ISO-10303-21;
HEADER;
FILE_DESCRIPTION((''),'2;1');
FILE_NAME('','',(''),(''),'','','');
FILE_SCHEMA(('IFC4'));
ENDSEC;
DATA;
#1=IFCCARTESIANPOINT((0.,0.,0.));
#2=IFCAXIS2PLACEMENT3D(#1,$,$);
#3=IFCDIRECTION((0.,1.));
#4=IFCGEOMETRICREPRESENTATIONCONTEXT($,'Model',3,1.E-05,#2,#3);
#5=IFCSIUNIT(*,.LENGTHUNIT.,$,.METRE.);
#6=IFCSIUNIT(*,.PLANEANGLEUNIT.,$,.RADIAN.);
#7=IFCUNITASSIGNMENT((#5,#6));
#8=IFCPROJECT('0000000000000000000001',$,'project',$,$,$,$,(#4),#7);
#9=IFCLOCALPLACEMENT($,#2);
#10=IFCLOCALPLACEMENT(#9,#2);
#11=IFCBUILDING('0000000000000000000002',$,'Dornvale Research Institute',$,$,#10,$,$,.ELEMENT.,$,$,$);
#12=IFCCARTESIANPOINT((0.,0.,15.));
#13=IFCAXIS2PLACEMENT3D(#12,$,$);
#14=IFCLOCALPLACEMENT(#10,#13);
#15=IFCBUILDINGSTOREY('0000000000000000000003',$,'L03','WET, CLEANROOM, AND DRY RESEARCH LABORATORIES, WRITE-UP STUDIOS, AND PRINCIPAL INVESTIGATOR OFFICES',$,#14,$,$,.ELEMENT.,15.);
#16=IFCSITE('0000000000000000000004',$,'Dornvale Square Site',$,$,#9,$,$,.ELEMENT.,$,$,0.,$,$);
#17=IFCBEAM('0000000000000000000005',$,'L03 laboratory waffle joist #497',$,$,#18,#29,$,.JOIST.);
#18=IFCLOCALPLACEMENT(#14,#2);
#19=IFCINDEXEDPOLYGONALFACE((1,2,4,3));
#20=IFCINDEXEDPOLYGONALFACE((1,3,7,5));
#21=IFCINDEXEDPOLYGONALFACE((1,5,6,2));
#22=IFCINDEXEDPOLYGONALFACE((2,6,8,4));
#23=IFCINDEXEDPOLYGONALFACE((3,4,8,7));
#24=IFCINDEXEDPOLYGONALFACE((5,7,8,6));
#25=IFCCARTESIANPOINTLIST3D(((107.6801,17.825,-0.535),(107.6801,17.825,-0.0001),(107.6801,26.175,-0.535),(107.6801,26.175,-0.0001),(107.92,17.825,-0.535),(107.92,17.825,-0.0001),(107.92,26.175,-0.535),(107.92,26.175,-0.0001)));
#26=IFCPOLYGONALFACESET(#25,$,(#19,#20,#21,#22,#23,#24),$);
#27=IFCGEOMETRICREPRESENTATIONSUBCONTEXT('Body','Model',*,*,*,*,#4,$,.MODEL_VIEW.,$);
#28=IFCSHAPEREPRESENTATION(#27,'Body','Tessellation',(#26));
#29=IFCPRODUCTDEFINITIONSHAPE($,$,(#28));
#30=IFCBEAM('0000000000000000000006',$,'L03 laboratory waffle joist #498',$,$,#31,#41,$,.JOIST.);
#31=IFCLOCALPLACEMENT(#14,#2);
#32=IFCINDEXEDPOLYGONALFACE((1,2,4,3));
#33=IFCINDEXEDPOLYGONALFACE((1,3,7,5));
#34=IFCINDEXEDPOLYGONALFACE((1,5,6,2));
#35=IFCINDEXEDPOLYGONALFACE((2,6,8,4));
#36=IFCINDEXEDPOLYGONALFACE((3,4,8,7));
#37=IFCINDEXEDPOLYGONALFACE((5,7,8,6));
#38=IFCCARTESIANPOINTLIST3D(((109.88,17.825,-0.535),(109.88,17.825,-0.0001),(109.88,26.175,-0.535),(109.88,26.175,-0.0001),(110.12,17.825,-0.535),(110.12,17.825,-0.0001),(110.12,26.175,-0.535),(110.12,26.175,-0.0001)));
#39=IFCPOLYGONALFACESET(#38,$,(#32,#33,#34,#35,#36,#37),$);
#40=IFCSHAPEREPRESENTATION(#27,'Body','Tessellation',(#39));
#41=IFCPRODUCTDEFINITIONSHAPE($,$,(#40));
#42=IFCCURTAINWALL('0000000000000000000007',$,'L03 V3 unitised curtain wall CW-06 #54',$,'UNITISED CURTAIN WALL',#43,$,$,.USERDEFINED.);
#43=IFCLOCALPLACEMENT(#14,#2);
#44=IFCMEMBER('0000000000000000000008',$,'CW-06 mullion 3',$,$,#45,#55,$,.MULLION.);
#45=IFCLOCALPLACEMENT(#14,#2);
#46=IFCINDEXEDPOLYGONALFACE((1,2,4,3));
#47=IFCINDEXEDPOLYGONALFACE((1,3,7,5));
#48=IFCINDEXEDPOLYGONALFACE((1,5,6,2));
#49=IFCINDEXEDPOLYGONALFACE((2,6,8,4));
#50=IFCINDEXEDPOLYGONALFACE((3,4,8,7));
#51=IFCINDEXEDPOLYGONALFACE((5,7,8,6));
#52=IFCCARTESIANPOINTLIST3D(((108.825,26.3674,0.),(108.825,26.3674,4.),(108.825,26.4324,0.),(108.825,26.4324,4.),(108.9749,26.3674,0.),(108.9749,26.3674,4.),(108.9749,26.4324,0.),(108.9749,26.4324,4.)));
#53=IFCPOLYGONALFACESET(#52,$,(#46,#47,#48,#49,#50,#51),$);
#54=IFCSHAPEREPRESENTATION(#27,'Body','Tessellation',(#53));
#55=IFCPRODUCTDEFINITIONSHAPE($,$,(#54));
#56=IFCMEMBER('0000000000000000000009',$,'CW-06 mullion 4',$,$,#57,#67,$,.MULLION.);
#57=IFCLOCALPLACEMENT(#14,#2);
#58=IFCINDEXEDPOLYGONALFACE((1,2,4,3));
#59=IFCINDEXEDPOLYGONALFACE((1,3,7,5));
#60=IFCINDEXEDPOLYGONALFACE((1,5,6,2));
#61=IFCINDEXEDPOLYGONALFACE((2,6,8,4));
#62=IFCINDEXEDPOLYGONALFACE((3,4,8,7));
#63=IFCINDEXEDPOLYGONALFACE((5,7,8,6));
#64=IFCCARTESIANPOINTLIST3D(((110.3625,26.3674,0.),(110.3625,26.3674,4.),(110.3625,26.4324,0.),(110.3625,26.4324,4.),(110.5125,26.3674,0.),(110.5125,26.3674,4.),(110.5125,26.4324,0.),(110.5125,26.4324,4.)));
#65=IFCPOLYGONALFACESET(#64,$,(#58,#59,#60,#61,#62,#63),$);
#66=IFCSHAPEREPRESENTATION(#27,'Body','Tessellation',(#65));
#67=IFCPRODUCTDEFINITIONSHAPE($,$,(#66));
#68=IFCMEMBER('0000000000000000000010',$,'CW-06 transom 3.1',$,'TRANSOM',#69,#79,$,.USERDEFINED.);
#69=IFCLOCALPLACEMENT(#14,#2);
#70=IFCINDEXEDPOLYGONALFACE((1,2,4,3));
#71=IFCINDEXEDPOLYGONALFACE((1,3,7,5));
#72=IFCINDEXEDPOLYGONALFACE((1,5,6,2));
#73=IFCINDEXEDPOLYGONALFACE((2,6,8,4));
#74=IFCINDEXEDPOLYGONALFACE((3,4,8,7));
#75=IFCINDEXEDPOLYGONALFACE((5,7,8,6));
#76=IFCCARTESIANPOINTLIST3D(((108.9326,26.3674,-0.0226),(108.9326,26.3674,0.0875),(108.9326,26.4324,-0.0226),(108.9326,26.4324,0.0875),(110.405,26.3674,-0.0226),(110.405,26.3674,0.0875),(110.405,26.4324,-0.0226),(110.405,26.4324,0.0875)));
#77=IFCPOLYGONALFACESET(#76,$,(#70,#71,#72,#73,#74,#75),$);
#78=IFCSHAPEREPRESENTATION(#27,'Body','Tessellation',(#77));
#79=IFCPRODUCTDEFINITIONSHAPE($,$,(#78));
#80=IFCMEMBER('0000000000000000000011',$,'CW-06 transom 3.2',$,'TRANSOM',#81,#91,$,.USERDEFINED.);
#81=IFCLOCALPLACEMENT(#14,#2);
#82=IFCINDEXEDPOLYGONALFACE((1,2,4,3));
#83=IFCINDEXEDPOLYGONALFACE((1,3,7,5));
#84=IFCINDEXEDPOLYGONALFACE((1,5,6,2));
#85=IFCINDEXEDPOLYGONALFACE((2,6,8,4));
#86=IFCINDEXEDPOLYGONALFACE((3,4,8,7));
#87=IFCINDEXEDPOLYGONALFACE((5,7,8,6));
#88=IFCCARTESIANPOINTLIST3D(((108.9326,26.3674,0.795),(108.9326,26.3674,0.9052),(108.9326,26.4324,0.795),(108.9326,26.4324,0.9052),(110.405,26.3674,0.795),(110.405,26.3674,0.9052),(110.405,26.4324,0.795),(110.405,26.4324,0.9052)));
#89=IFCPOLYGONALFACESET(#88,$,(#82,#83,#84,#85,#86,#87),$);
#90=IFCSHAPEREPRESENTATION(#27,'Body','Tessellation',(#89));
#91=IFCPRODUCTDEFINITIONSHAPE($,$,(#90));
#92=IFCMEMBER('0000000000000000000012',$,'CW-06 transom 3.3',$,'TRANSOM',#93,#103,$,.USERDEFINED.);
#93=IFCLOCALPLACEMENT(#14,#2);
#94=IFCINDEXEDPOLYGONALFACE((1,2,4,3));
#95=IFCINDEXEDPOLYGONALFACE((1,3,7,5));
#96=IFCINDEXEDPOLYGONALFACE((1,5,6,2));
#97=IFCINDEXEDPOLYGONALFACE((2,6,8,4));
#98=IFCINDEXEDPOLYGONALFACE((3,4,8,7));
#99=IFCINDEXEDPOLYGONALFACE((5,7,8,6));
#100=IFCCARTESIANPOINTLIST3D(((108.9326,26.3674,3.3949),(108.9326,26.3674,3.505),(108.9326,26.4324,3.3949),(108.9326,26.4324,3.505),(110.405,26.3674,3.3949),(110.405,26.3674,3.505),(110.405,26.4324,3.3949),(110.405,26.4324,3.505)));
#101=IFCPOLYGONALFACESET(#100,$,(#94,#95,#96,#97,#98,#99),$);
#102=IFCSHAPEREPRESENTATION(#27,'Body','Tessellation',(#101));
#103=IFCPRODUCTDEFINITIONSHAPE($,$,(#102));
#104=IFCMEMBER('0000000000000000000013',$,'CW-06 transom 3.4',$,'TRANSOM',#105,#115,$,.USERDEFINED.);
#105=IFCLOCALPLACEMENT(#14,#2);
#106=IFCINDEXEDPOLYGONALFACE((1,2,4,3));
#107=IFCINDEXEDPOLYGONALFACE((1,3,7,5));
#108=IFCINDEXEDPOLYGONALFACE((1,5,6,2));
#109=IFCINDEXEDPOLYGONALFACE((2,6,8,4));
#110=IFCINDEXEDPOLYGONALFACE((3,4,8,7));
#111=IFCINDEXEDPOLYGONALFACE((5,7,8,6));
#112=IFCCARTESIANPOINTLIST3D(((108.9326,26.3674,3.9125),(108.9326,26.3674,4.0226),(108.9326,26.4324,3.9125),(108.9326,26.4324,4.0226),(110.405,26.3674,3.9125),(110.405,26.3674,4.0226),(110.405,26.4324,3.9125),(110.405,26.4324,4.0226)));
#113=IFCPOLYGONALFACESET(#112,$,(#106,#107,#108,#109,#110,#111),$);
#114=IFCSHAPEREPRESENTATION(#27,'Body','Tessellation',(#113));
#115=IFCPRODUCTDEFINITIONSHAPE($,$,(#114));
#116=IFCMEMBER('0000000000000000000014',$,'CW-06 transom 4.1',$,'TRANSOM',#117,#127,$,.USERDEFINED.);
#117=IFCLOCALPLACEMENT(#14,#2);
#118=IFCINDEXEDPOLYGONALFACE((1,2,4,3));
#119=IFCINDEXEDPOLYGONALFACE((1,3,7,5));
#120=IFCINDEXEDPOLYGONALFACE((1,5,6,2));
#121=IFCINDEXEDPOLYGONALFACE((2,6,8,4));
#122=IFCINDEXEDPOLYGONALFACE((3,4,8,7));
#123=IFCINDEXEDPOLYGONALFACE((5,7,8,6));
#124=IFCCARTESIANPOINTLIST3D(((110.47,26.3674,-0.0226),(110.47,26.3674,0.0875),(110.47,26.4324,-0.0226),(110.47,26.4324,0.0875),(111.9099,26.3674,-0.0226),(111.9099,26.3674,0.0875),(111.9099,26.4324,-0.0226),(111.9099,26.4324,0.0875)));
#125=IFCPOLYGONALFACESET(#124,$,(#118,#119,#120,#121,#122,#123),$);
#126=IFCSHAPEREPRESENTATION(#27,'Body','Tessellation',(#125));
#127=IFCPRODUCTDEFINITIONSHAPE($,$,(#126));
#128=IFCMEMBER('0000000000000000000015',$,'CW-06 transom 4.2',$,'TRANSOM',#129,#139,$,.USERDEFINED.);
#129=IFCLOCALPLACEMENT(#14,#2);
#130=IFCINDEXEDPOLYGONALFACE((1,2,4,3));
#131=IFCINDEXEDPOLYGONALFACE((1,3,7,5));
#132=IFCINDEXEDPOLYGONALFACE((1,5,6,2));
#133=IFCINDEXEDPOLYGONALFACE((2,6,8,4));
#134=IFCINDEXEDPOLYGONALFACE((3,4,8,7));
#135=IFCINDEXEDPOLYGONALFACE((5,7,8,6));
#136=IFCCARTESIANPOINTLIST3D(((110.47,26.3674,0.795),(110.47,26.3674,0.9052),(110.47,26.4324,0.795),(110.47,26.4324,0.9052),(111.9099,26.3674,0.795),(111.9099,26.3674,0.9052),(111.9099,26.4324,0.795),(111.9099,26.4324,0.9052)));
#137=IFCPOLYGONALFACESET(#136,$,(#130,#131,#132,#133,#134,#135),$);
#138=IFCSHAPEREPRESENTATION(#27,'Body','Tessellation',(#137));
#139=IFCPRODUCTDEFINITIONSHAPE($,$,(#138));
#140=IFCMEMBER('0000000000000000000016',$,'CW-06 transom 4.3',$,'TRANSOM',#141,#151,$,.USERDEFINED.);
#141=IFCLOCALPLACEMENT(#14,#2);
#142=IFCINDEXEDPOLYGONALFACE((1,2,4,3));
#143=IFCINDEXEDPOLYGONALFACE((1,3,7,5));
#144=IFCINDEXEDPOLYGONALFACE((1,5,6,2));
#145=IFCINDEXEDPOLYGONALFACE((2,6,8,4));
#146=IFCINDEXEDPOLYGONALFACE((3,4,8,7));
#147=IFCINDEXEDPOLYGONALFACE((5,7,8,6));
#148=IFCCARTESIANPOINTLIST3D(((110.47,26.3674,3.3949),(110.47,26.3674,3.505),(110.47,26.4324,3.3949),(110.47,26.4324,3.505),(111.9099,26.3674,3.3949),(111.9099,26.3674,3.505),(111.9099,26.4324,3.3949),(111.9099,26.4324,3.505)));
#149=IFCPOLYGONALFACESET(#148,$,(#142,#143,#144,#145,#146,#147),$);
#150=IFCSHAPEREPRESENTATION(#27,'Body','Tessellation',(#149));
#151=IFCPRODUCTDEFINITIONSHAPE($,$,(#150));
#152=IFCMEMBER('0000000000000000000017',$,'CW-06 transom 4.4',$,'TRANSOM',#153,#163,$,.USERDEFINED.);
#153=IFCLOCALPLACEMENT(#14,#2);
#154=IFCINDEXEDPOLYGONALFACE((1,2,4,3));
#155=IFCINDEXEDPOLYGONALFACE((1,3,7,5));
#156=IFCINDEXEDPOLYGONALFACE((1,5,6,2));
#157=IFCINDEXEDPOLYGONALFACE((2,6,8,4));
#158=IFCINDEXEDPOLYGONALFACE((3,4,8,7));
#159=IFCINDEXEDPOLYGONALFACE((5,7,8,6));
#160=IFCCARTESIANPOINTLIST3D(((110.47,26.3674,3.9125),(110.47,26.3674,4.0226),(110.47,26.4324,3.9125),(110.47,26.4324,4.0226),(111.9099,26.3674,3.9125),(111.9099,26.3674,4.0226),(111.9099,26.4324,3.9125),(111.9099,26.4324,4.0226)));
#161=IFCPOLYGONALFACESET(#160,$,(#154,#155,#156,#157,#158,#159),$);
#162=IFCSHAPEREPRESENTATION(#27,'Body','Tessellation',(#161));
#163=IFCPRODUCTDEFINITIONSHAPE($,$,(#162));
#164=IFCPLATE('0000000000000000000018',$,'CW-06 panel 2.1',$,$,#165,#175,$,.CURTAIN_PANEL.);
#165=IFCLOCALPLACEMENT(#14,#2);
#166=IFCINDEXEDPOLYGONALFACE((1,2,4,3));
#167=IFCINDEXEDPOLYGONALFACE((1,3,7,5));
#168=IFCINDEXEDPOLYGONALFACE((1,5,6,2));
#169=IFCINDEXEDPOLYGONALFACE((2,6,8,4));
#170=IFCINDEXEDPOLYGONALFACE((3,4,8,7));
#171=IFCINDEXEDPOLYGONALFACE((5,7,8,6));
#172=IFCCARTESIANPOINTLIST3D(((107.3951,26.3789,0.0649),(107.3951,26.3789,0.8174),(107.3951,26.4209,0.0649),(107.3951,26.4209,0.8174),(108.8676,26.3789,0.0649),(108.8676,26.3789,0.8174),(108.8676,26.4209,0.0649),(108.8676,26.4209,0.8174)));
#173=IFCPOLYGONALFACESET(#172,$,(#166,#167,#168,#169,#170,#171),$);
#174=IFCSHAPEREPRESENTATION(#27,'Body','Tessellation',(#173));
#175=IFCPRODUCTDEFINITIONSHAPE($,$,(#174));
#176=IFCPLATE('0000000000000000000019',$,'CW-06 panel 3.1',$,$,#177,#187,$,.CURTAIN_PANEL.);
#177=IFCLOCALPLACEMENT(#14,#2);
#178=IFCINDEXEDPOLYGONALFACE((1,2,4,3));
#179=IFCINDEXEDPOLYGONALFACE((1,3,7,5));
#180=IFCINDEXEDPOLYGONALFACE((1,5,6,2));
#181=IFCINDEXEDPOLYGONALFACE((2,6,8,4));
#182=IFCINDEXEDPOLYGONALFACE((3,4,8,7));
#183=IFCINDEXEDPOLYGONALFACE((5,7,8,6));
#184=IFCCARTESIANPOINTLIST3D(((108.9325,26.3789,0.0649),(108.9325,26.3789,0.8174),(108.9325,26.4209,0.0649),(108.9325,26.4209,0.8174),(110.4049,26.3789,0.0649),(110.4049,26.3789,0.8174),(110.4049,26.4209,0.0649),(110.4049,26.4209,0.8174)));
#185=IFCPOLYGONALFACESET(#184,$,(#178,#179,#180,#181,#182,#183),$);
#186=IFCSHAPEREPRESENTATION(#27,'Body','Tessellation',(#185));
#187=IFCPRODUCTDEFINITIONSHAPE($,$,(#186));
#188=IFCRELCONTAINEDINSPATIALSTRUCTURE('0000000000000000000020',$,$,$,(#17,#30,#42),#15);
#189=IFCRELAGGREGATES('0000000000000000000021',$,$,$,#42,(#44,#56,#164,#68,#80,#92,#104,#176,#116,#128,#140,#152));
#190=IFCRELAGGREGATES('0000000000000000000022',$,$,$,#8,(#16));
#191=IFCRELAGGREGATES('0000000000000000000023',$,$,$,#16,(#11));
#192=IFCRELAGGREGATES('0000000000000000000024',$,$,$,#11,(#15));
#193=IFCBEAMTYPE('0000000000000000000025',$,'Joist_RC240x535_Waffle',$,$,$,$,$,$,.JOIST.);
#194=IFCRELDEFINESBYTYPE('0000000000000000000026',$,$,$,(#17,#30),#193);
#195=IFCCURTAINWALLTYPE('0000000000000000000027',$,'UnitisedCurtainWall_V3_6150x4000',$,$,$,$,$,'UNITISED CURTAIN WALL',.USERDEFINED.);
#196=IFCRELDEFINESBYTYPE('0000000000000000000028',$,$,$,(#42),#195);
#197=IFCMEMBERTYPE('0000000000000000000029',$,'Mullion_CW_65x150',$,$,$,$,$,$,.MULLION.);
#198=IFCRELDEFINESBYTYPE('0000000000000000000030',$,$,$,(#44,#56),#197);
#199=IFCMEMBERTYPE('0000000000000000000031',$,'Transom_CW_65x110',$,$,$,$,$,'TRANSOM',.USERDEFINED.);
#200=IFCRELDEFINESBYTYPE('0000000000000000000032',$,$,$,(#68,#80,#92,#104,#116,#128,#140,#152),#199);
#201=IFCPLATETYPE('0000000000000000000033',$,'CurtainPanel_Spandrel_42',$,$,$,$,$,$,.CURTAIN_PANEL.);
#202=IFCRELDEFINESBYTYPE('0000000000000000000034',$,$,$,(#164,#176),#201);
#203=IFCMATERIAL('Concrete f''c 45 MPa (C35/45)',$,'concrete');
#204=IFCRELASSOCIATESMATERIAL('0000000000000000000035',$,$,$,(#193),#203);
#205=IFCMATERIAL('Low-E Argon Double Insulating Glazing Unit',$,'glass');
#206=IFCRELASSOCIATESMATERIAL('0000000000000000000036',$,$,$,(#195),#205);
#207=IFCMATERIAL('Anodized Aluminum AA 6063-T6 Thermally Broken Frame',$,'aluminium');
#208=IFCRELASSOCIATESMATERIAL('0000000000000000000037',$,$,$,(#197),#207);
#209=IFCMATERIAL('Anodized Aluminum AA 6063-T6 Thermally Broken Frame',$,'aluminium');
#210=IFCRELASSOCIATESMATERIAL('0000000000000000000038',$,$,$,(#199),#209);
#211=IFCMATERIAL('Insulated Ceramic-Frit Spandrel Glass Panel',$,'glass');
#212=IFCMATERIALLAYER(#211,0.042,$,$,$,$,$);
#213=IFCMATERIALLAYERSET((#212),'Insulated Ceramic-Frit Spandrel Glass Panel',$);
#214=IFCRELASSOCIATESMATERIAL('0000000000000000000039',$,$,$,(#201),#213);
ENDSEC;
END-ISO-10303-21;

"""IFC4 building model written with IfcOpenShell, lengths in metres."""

from ifc_helpers import new_model, si_unit, direction, frame, origin, origin_2d, place, context, subcontext, project, spatial, rectangle, extrude, material, layer, layer_set, material_profile, profile_set, type_object, element, aggregate, save


model = new_model("IFC4")

# Units and contexts
model_context = context("Model", 3, precision=1e-05, world=origin(), true_north=direction((0.0, 1.0)))
body_context = subcontext(model_context, "Body", "Model", "MODEL_VIEW")
ifc_project = project(units=[si_unit("LENGTHUNIT", "METRE"), si_unit("PLANEANGLEUNIT", "RADIAN")], contexts=[model_context])

# Site, building, storey
site_placement = place(None, origin())
site = spatial("IfcSite", under=ifc_project, at=site_placement, Name="Dornvale Square Site", CompositionType="ELEMENT", RefElevation=0.0)
building_placement = place(site_placement, origin())
building = spatial("IfcBuilding", under=site, at=building_placement, Name="Dornvale Research Institute", CompositionType="ELEMENT")
storey_placement = place(building_placement, frame((0.0, 0.0, 15.0)))
storey = spatial("IfcBuildingStorey", under=building, at=storey_placement, Name="L03", Description="WET, CLEANROOM, AND DRY RESEARCH LABORATORIES, WRITE-UP STUDIOS, AND PRINCIPAL INVESTIGATOR OFFICES", CompositionType="ELEMENT", Elevation=15.0)

# Beams
ifc_material_1 = material(Name="Concrete f'c 45 MPa (C35/45)", Category="concrete")
ifc_material_profile_1 = material_profile(ifc_material_1, rectangle(XDim=0.24, YDim=0.5349, at=origin_2d()), Name="RC 240x535")
ifc_profile_set_1 = profile_set([ifc_material_profile_1], Name="Concrete f'c 45 MPa (C35/45)")
beam_type = type_object("IfcBeamType", Name="Joist_RC240x535_Waffle", PredefinedType="JOIST", material=ifc_profile_set_1)
for number, where, z_axis, x_axis, name in (
    (1, (107.8, 17.825, -0.2676), (0.0, 1.0, 0.0), (-1.0, 0.0, 0.0), "L03 laboratory waffle joist #497"),
    (2, (110.0, 17.825, -0.2676), (0.0, 1.0, 0.0), (-1.0, 0.0, 0.0), "L03 laboratory waffle joist #498"),
):
    element("IfcBeam", number, at=place(storey_placement, frame(where, z_axis=z_axis, x_axis=x_axis)), inside=storey, type_object=beam_type, Name=name, PredefinedType="JOIST", context=body_context, shape_type="SweptSolid", body=[
        extrude(rectangle(XDim=0.24, YDim=0.5349, at=origin_2d()), origin(), (0.0, 0.0, 1.0), 8.3501),
    ])

# Curtain wall, members, plates
ifc_material_2 = material(Name="Low-E Argon Double Insulating Glazing Unit", Category="glass")
curtain_wall_type = type_object("IfcCurtainWallType", Name="UnitisedCurtainWall_V3_6150x4000", ElementType="UNITISED CURTAIN WALL", PredefinedType="USERDEFINED", material=ifc_material_2)
curtain_wall_placement = place(storey_placement, origin())
curtain_wall = element("IfcCurtainWall", 3, at=curtain_wall_placement, inside=storey, type_object=curtain_wall_type, Name="L03 V3 unitised curtain wall CW-06 #54", ObjectType="UNITISED CURTAIN WALL", PredefinedType="USERDEFINED")
ifc_material_3 = material(Name="Anodized Aluminum AA 6063-T6 Thermally Broken Frame", Category="aluminium")
ifc_material_profile_2 = material_profile(ifc_material_3, rectangle(XDim=0.0649, YDim=0.1499, at=origin_2d()), Name="ALU MULLION 65x150")
ifc_profile_set_2 = profile_set([ifc_material_profile_2], Name="Anodized Aluminum AA 6063-T6 Thermally Broken Frame")
member_type_1 = type_object("IfcMemberType", Name="Mullion_CW_65x150", PredefinedType="MULLION", material=ifc_profile_set_2)
member_1_placement = place(storey_placement, frame((108.8999, 26.3999, 0.0), z_axis=(0.0, 0.0, 1.0), x_axis=(0.0, 1.0, 0.0)))
member_1 = element("IfcMember", 4, at=member_1_placement, type_object=member_type_1, Name="CW-06 mullion 3", PredefinedType="MULLION", context=body_context, shape_type="SweptSolid", body=[
    extrude(rectangle(XDim=0.0649, YDim=0.1499, at=origin_2d()), origin(), (0.0, 0.0, 1.0), 4.0),
])
member_2_placement = place(storey_placement, frame((110.4375, 26.3999, 0.0), z_axis=(0.0, 0.0, 1.0), x_axis=(0.0, 1.0, 0.0)))
member_2 = element("IfcMember", 5, at=member_2_placement, type_object=member_type_1, Name="CW-06 mullion 4", PredefinedType="MULLION", context=body_context, shape_type="SweptSolid", body=[
    extrude(rectangle(XDim=0.0649, YDim=0.1499, at=origin_2d()), origin(), (0.0, 0.0, 1.0), 4.0),
])
ifc_material_4 = material(Name="Anodized Aluminum AA 6063-T6 Thermally Broken Frame", Category="aluminium")
ifc_material_profile_3 = material_profile(ifc_material_4, rectangle(XDim=0.0649, YDim=0.1101, at=origin_2d()), Name="ALU TRANSOM 65x110")
ifc_profile_set_3 = profile_set([ifc_material_profile_3], Name="Anodized Aluminum AA 6063-T6 Thermally Broken Frame")
member_type_2 = type_object("IfcMemberType", Name="Transom_CW_65x110", ElementType="TRANSOM", PredefinedType="USERDEFINED", material=ifc_profile_set_3)
member_3_placement = place(storey_placement, frame((108.9326, 26.3999, 0.0325), z_axis=(1.0, 0.0, 0.0), x_axis=(0.0, 1.0, 0.0)))
member_3 = element("IfcMember", 6, at=member_3_placement, type_object=member_type_2, Name="CW-06 transom 3.1", ObjectType="TRANSOM", PredefinedType="USERDEFINED", context=body_context, shape_type="SweptSolid", body=[
    extrude(rectangle(XDim=0.0649, YDim=0.1101, at=origin_2d()), origin(), (0.0, 0.0, 1.0), 1.4724),
])
member_4_placement = place(storey_placement, frame((108.9326, 26.3999, 0.8501), z_axis=(1.0, 0.0, 0.0), x_axis=(0.0, 1.0, 0.0)))
member_4 = element("IfcMember", 7, at=member_4_placement, type_object=member_type_2, Name="CW-06 transom 3.2", ObjectType="TRANSOM", PredefinedType="USERDEFINED", context=body_context, shape_type="SweptSolid", body=[
    extrude(rectangle(XDim=0.0649, YDim=0.1101, at=origin_2d()), origin(), (0.0, 0.0, 1.0), 1.4724),
])
member_5_placement = place(storey_placement, frame((108.9326, 26.3999, 3.45), z_axis=(1.0, 0.0, 0.0), x_axis=(0.0, 1.0, 0.0)))
member_5 = element("IfcMember", 8, at=member_5_placement, type_object=member_type_2, Name="CW-06 transom 3.3", ObjectType="TRANSOM", PredefinedType="USERDEFINED", context=body_context, shape_type="SweptSolid", body=[
    extrude(rectangle(XDim=0.0649, YDim=0.1101, at=origin_2d()), origin(), (0.0, 0.0, 1.0), 1.4724),
])
member_6_placement = place(storey_placement, frame((108.9326, 26.3999, 3.9675), z_axis=(1.0, 0.0, 0.0), x_axis=(0.0, 1.0, 0.0)))
member_6 = element("IfcMember", 9, at=member_6_placement, type_object=member_type_2, Name="CW-06 transom 3.4", ObjectType="TRANSOM", PredefinedType="USERDEFINED", context=body_context, shape_type="SweptSolid", body=[
    extrude(rectangle(XDim=0.0649, YDim=0.1101, at=origin_2d()), origin(), (0.0, 0.0, 1.0), 1.4724),
])
member_7_placement = place(storey_placement, frame((110.47, 26.3999, 0.0325), z_axis=(1.0, 0.0, 0.0), x_axis=(0.0, 1.0, 0.0)))
member_7 = element("IfcMember", 10, at=member_7_placement, type_object=member_type_2, Name="CW-06 transom 4.1", ObjectType="TRANSOM", PredefinedType="USERDEFINED", context=body_context, shape_type="SweptSolid", body=[
    extrude(rectangle(XDim=0.0649, YDim=0.1101, at=origin_2d()), origin(), (0.0, 0.0, 1.0), 1.4399),
])
member_8_placement = place(storey_placement, frame((110.47, 26.3999, 0.8501), z_axis=(1.0, 0.0, 0.0), x_axis=(0.0, 1.0, 0.0)))
member_8 = element("IfcMember", 11, at=member_8_placement, type_object=member_type_2, Name="CW-06 transom 4.2", ObjectType="TRANSOM", PredefinedType="USERDEFINED", context=body_context, shape_type="SweptSolid", body=[
    extrude(rectangle(XDim=0.0649, YDim=0.1101, at=origin_2d()), origin(), (0.0, 0.0, 1.0), 1.4399),
])
member_9_placement = place(storey_placement, frame((110.47, 26.3999, 3.45), z_axis=(1.0, 0.0, 0.0), x_axis=(0.0, 1.0, 0.0)))
member_9 = element("IfcMember", 12, at=member_9_placement, type_object=member_type_2, Name="CW-06 transom 4.3", ObjectType="TRANSOM", PredefinedType="USERDEFINED", context=body_context, shape_type="SweptSolid", body=[
    extrude(rectangle(XDim=0.0649, YDim=0.1101, at=origin_2d()), origin(), (0.0, 0.0, 1.0), 1.4399),
])
member_10_placement = place(storey_placement, frame((110.47, 26.3999, 3.9675), z_axis=(1.0, 0.0, 0.0), x_axis=(0.0, 1.0, 0.0)))
member_10 = element("IfcMember", 13, at=member_10_placement, type_object=member_type_2, Name="CW-06 transom 4.4", ObjectType="TRANSOM", PredefinedType="USERDEFINED", context=body_context, shape_type="SweptSolid", body=[
    extrude(rectangle(XDim=0.0649, YDim=0.1101, at=origin_2d()), origin(), (0.0, 0.0, 1.0), 1.4399),
])
ifc_material_5 = material(Name="Insulated Ceramic-Frit Spandrel Glass Panel", Category="glass")
ifc_layer_1 = layer(ifc_material_5, 0.042)
ifc_layer_set_1 = layer_set([ifc_layer_1], Name="Insulated Ceramic-Frit Spandrel Glass Panel")
plate_type_1 = type_object("IfcPlateType", Name="CurtainPanel_Spandrel_42", PredefinedType="CURTAIN_PANEL", material=ifc_layer_set_1)
plate_1_placement = place(storey_placement, frame((108.1313, 26.3999, 0.0649), z_axis=(0.0, 0.0, 1.0), x_axis=(1.0, 0.0, 0.0)))
plate_1 = element("IfcPlate", 14, at=plate_1_placement, type_object=plate_type_1, Name="CW-06 panel 2.1", PredefinedType="CURTAIN_PANEL", context=body_context, shape_type="SweptSolid", body=[
    extrude(rectangle(XDim=1.4724, YDim=0.042, at=origin_2d()), origin(), (0.0, 0.0, 1.0), 0.7524),
])
plate_2_placement = place(storey_placement, frame((109.6687, 26.3999, 0.0649), z_axis=(0.0, 0.0, 1.0), x_axis=(1.0, 0.0, 0.0)))
plate_2 = element("IfcPlate", 15, at=plate_2_placement, type_object=plate_type_1, Name="CW-06 panel 3.1", PredefinedType="CURTAIN_PANEL", context=body_context, shape_type="SweptSolid", body=[
    extrude(rectangle(XDim=1.4724, YDim=0.042, at=origin_2d()), origin(), (0.0, 0.0, 1.0), 0.7524),
])
aggregate(curtain_wall, [member_1, member_2, plate_1, member_3, member_4, member_5, member_6, plate_2, member_7, member_8, member_9, member_10])

save(model, "model.ifc")
